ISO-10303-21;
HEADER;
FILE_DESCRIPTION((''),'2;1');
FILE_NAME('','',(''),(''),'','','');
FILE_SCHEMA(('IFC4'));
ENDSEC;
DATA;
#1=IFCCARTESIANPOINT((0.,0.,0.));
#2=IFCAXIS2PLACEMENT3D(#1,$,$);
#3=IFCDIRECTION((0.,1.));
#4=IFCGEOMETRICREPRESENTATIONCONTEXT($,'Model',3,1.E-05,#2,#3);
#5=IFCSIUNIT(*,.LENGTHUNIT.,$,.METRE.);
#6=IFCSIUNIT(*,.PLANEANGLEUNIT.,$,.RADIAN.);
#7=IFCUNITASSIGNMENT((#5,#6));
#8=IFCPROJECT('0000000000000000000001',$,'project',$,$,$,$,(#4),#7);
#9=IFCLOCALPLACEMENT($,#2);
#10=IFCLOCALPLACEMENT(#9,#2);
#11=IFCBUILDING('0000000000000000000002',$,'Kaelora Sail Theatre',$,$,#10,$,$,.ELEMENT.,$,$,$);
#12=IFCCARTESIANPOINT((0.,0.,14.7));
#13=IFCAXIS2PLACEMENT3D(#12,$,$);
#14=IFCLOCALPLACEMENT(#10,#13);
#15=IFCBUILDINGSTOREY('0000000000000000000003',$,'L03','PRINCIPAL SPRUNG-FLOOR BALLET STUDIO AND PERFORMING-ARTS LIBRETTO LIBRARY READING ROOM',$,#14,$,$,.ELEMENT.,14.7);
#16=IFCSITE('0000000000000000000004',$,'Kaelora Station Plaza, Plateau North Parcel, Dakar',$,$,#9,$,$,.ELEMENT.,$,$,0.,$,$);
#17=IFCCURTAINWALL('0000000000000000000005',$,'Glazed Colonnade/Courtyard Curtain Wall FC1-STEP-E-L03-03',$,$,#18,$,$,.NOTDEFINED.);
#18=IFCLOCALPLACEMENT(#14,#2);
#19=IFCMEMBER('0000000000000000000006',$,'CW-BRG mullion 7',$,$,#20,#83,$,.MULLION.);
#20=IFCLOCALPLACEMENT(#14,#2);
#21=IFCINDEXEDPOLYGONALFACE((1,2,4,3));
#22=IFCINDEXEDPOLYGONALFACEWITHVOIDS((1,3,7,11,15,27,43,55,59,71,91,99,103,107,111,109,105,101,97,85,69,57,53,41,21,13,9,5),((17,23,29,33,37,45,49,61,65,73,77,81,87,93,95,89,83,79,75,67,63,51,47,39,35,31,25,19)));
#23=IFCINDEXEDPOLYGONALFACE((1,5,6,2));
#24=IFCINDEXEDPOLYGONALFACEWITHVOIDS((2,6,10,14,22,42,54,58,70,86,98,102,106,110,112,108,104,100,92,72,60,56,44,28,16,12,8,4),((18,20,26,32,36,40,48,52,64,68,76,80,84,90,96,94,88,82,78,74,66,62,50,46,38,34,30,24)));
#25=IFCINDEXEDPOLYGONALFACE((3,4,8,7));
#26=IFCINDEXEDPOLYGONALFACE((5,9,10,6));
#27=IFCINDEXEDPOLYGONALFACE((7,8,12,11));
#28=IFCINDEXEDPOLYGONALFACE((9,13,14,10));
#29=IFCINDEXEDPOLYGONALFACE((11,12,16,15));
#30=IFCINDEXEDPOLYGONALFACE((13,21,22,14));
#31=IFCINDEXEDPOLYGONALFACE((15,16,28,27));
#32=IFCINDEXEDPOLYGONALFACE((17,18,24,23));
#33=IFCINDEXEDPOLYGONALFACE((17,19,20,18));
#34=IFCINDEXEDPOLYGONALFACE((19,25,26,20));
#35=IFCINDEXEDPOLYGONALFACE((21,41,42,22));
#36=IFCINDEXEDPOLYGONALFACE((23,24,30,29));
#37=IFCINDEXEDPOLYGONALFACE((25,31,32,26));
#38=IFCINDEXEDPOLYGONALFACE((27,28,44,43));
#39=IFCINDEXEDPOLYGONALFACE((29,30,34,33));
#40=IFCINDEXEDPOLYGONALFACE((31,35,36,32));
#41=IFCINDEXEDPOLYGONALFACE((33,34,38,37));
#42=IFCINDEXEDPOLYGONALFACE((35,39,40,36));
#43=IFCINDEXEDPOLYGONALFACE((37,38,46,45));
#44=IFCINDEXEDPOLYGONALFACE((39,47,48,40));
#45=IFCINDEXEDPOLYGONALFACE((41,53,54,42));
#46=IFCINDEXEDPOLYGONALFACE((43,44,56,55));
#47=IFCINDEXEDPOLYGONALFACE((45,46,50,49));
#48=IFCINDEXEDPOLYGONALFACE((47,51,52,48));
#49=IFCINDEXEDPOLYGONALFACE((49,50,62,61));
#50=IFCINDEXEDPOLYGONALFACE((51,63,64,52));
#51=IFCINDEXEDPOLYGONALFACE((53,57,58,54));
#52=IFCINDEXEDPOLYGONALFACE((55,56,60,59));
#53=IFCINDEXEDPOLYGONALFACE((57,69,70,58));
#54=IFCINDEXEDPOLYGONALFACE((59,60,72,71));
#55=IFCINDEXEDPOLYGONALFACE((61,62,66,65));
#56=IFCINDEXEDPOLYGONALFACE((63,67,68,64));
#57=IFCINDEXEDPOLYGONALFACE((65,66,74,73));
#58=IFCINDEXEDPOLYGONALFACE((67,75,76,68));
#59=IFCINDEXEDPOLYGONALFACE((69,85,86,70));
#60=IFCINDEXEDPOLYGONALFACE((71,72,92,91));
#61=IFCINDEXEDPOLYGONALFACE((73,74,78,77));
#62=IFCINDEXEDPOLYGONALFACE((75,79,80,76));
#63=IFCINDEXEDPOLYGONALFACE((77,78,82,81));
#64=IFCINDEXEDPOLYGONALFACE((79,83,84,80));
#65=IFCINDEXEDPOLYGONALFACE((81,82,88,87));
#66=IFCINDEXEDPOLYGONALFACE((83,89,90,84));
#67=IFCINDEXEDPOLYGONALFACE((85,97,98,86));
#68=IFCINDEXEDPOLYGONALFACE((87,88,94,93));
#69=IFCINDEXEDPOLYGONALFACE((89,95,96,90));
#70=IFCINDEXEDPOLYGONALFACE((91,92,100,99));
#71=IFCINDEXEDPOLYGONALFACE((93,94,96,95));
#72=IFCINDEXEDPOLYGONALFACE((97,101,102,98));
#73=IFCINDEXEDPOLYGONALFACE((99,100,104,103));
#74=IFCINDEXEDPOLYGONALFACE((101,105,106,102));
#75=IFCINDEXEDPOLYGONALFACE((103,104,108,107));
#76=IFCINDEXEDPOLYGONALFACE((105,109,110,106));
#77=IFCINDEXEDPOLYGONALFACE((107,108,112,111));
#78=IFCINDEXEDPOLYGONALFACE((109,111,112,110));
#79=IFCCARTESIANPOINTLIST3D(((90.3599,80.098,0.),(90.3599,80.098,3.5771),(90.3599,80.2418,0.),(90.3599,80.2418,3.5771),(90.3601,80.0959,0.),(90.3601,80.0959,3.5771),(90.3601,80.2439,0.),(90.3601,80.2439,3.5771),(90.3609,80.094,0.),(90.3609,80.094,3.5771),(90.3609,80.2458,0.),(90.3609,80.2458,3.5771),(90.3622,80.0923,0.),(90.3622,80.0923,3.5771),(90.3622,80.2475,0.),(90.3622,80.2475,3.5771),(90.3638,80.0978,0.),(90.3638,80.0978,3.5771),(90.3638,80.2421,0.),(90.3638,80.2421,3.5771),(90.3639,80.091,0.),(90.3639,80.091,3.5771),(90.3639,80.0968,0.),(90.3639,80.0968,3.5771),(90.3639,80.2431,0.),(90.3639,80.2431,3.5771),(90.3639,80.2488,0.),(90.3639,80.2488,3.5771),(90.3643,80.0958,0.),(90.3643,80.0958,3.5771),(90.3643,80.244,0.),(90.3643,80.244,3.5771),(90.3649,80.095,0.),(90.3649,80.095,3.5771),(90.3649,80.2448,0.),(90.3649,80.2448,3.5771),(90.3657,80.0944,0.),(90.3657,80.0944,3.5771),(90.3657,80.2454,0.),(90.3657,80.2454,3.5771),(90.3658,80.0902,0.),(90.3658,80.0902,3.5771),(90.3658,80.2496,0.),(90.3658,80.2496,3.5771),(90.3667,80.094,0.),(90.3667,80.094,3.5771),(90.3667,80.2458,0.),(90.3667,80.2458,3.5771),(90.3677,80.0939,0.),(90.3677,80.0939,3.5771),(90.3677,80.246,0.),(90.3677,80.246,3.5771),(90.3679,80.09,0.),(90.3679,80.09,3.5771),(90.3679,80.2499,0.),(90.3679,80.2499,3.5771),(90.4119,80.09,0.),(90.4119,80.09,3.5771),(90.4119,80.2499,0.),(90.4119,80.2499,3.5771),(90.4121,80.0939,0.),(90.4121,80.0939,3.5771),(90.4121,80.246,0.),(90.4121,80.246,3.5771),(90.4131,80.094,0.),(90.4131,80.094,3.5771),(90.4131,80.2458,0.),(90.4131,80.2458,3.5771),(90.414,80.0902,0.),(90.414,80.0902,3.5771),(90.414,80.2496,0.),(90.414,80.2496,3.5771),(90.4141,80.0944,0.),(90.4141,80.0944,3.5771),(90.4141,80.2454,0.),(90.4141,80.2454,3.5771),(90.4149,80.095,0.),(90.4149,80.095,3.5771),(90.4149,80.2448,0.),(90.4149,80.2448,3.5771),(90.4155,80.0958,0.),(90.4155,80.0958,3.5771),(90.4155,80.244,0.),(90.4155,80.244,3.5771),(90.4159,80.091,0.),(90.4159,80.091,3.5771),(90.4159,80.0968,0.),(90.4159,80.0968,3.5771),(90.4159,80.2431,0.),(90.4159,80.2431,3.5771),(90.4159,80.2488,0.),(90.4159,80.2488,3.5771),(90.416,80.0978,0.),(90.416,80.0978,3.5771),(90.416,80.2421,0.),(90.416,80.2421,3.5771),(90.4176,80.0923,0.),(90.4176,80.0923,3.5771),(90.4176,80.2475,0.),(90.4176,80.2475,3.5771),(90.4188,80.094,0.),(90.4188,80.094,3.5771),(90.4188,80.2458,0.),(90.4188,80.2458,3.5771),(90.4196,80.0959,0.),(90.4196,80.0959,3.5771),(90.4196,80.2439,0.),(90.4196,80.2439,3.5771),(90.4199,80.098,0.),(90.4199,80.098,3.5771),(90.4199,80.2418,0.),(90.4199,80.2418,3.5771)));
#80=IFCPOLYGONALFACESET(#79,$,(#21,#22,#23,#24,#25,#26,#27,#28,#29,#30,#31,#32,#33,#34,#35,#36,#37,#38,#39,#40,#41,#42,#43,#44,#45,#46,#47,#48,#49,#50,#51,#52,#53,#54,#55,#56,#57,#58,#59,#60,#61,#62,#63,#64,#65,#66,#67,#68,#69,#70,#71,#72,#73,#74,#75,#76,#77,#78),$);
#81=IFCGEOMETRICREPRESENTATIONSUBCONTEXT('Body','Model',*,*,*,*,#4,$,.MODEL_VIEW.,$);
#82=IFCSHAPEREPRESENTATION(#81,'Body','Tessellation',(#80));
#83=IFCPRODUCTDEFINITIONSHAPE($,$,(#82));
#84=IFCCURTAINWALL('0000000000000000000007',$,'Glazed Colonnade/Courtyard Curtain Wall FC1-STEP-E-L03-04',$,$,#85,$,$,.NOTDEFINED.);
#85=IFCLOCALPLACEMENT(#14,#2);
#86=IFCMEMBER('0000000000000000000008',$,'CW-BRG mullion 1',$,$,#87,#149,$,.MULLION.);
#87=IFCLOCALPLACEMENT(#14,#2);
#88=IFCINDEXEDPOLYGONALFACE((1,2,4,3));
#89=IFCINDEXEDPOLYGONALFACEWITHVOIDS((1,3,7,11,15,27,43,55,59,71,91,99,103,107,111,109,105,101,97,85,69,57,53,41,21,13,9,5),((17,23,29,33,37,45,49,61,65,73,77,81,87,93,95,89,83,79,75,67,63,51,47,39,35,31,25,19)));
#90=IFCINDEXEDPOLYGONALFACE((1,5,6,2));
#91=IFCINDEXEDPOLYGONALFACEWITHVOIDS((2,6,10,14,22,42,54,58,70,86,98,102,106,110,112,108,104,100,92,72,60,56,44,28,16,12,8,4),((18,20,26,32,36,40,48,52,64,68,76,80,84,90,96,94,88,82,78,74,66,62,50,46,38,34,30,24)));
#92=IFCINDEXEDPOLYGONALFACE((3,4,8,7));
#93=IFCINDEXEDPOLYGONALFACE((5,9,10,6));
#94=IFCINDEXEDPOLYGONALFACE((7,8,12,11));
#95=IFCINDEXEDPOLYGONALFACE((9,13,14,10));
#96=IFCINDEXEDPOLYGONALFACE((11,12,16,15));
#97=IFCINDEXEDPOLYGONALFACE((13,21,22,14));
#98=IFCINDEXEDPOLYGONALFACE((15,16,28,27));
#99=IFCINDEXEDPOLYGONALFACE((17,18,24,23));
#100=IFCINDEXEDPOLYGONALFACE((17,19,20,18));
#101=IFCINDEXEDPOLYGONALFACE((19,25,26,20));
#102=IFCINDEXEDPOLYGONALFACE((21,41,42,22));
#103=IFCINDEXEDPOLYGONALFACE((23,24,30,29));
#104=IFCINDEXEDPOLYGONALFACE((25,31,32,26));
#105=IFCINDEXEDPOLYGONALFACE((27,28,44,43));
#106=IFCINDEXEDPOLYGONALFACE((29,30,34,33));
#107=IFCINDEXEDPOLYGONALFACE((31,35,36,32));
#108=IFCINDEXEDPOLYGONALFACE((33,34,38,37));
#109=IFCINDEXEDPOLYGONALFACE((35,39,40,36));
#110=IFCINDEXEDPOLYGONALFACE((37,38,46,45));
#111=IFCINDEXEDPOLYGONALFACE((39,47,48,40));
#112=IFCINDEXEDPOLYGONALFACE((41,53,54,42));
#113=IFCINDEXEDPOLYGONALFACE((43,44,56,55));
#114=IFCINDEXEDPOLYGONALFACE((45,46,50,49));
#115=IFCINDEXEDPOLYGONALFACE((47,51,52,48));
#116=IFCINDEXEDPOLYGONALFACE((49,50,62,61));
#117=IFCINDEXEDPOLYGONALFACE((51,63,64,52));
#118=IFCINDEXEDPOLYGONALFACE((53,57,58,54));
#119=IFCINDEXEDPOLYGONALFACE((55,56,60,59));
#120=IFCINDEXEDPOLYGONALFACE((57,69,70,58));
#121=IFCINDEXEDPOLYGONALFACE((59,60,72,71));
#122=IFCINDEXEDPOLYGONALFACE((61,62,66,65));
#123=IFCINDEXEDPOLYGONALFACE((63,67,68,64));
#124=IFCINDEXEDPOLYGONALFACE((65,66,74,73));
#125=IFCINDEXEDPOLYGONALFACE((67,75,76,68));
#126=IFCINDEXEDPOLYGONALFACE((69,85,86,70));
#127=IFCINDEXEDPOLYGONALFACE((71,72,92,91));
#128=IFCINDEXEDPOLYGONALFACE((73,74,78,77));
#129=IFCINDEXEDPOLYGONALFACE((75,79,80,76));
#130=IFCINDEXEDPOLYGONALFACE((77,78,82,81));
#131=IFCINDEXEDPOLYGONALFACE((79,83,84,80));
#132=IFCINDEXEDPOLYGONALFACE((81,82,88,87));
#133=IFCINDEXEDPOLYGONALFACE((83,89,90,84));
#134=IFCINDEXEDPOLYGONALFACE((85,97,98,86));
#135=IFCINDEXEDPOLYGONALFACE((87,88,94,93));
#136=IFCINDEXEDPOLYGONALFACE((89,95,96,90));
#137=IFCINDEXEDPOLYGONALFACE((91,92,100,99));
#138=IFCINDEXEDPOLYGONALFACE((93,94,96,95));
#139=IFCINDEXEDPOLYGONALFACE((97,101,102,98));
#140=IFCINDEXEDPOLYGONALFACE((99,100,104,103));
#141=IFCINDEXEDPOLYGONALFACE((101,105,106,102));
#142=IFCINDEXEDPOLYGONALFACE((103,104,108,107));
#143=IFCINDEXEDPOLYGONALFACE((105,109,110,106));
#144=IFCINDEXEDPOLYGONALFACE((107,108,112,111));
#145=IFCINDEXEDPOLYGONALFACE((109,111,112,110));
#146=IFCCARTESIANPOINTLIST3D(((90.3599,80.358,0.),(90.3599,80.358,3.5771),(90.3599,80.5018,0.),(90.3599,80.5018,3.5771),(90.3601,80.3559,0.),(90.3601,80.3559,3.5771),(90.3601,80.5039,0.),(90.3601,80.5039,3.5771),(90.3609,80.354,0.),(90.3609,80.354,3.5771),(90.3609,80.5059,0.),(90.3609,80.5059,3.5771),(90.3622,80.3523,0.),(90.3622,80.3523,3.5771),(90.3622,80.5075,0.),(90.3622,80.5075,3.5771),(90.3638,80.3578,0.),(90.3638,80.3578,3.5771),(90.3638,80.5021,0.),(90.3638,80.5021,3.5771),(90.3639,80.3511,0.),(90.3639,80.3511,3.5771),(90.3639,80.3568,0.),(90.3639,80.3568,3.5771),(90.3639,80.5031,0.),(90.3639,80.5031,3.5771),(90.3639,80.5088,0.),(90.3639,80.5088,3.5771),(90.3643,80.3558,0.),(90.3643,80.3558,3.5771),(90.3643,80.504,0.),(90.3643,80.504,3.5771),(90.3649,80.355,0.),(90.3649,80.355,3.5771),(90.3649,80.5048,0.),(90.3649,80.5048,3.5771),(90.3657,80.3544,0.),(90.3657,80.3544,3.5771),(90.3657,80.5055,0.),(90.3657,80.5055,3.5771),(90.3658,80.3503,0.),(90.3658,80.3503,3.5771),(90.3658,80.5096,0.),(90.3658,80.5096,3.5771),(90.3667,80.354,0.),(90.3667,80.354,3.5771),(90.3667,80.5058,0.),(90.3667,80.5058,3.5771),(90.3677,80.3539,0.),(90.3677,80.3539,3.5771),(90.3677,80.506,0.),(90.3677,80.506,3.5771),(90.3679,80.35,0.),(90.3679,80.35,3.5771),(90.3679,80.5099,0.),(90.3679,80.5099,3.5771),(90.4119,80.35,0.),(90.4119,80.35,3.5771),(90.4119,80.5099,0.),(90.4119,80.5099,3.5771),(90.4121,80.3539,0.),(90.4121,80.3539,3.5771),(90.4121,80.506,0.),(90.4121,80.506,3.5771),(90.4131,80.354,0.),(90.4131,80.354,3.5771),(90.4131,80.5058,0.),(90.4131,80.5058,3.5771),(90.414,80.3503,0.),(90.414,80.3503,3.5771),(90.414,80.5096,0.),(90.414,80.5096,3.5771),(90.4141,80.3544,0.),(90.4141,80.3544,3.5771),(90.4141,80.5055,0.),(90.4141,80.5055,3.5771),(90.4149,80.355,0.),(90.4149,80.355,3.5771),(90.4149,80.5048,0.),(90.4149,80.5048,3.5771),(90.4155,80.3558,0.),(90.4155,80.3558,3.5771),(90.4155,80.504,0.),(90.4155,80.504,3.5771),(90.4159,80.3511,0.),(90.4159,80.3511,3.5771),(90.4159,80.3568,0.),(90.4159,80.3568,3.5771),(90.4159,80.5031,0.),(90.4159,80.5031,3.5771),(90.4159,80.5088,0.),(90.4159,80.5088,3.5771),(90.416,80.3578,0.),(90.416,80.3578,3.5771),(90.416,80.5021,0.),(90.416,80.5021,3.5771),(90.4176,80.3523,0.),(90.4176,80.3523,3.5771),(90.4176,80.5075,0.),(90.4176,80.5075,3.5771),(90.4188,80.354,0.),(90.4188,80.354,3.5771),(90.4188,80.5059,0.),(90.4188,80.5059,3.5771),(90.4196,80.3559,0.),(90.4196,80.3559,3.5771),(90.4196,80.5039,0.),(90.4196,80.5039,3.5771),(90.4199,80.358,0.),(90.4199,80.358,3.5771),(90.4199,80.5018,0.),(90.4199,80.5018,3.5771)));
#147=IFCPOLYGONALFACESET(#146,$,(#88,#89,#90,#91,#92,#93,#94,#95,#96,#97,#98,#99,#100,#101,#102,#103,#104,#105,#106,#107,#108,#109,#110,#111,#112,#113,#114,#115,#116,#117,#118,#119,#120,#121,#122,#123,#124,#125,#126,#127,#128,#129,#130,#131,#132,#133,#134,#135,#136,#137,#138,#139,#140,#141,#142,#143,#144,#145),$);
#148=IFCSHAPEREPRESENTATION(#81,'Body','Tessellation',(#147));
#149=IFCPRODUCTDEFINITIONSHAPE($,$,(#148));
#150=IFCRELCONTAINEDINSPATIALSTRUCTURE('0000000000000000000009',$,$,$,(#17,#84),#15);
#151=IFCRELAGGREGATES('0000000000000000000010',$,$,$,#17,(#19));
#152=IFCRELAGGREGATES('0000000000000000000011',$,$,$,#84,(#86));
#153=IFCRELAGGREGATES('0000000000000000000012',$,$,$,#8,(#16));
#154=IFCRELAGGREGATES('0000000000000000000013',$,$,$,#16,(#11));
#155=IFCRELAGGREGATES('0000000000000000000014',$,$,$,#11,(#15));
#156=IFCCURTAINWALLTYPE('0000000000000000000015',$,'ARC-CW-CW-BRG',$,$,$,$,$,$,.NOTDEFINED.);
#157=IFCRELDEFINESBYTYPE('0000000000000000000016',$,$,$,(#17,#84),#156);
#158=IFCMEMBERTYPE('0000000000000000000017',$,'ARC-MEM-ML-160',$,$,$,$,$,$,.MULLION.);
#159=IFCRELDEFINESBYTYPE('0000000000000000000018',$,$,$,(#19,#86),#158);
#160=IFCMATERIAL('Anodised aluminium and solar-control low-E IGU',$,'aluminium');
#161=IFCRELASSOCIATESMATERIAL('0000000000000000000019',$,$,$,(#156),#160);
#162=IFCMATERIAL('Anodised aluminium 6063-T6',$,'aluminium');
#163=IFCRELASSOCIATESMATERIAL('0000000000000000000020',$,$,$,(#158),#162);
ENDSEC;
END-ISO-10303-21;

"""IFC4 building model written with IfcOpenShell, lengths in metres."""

from ifc_helpers import new_model, si_unit, direction, frame, origin, origin_2d, place, context, subcontext, project, spatial, hollow_rectangle, extrude, material, material_profile, profile_set, type_object, element, aggregate, save


model = new_model("IFC4")

# Units and contexts
model_context = context("Model", 3, precision=1e-05, world=origin(), true_north=direction((0.0, 1.0)))
body_context = subcontext(model_context, "Body", "Model", "MODEL_VIEW")
ifc_project = project(units=[si_unit("LENGTHUNIT", "METRE"), si_unit("PLANEANGLEUNIT", "RADIAN")], contexts=[model_context])

# Site, building, storey
site_placement = place(None, origin())
site = spatial("IfcSite", under=ifc_project, at=site_placement, Name="Kaelora Station Plaza, Plateau North Parcel, Dakar", CompositionType="ELEMENT", RefElevation=0.0)
building_placement = place(site_placement, origin())
building = spatial("IfcBuilding", under=site, at=building_placement, Name="Kaelora Sail Theatre", CompositionType="ELEMENT")
storey_placement = place(building_placement, frame((0.0, 0.0, 14.7)))
storey = spatial("IfcBuildingStorey", under=building, at=storey_placement, Name="L03", Description="PRINCIPAL SPRUNG-FLOOR BALLET STUDIO AND PERFORMING-ARTS LIBRETTO LIBRARY READING ROOM", CompositionType="ELEMENT", Elevation=14.7)

# Curtain wall, member
ifc_material_1 = material(Name="Anodised aluminium and solar-control low-E IGU", Category="aluminium")
curtain_wall_type = type_object("IfcCurtainWallType", Name="ARC-CW-CW-BRG", PredefinedType="NOTDEFINED", material=ifc_material_1)
curtain_wall_1_placement = place(storey_placement, origin())
curtain_wall_1 = element("IfcCurtainWall", 1, at=curtain_wall_1_placement, inside=storey, type_object=curtain_wall_type, Name="Glazed Colonnade/Courtyard Curtain Wall FC1-STEP-E-L03-03", PredefinedType="NOTDEFINED")
ifc_material_2 = material(Name="Anodised aluminium 6063-T6", Category="aluminium")
ifc_material_profile_1 = material_profile(ifc_material_2, hollow_rectangle(XDim=0.0601, YDim=0.1599, WallThickness=0.0039, InnerFilletRadius=0.0039, OuterFilletRadius=0.0081, at=origin_2d()), Name="ALU-MULL 60x160x4")
ifc_profile_set_1 = profile_set([ifc_material_profile_1], Name="Anodised aluminium 6063-T6")
member_type_1 = type_object("IfcMemberType", Name="ARC-MEM-ML-160", PredefinedType="MULLION", material=ifc_profile_set_1)
member_1_placement = place(storey_placement, frame((90.3899, 80.1699, 0.0), z_axis=(0.0, 0.0, 1.0), x_axis=(-1.0, 0.0, 0.0)))
member_1 = element("IfcMember", 2, at=member_1_placement, type_object=member_type_1, Name="CW-BRG mullion 7", PredefinedType="MULLION", context=body_context, shape_type="SweptSolid", body=[
    extrude(hollow_rectangle(XDim=0.0601, YDim=0.1599, WallThickness=0.0039, InnerFilletRadius=0.0039, OuterFilletRadius=0.0081, at=origin_2d()), origin(), (0.0, 0.0, 1.0), 3.5771),
])

# Curtain wall, member
curtain_wall_2_placement = place(storey_placement, origin())
curtain_wall_2 = element("IfcCurtainWall", 3, at=curtain_wall_2_placement, inside=storey, type_object=curtain_wall_type, Name="Glazed Colonnade/Courtyard Curtain Wall FC1-STEP-E-L03-04", PredefinedType="NOTDEFINED")
member_2_placement = place(storey_placement, frame((90.3899, 80.4299, 0.0), z_axis=(0.0, 0.0, 1.0), x_axis=(-1.0, 0.0, 0.0)))
member_2 = element("IfcMember", 4, at=member_2_placement, type_object=member_type_1, Name="CW-BRG mullion 1", PredefinedType="MULLION", context=body_context, shape_type="SweptSolid", body=[
    extrude(hollow_rectangle(XDim=0.0601, YDim=0.1599, WallThickness=0.0039, InnerFilletRadius=0.0039, OuterFilletRadius=0.0081, at=origin_2d()), origin(), (0.0, 0.0, 1.0), 3.5771),
])

aggregate(curtain_wall_1, [member_1])
aggregate(curtain_wall_2, [member_2])

save(model, "model.ifc")
